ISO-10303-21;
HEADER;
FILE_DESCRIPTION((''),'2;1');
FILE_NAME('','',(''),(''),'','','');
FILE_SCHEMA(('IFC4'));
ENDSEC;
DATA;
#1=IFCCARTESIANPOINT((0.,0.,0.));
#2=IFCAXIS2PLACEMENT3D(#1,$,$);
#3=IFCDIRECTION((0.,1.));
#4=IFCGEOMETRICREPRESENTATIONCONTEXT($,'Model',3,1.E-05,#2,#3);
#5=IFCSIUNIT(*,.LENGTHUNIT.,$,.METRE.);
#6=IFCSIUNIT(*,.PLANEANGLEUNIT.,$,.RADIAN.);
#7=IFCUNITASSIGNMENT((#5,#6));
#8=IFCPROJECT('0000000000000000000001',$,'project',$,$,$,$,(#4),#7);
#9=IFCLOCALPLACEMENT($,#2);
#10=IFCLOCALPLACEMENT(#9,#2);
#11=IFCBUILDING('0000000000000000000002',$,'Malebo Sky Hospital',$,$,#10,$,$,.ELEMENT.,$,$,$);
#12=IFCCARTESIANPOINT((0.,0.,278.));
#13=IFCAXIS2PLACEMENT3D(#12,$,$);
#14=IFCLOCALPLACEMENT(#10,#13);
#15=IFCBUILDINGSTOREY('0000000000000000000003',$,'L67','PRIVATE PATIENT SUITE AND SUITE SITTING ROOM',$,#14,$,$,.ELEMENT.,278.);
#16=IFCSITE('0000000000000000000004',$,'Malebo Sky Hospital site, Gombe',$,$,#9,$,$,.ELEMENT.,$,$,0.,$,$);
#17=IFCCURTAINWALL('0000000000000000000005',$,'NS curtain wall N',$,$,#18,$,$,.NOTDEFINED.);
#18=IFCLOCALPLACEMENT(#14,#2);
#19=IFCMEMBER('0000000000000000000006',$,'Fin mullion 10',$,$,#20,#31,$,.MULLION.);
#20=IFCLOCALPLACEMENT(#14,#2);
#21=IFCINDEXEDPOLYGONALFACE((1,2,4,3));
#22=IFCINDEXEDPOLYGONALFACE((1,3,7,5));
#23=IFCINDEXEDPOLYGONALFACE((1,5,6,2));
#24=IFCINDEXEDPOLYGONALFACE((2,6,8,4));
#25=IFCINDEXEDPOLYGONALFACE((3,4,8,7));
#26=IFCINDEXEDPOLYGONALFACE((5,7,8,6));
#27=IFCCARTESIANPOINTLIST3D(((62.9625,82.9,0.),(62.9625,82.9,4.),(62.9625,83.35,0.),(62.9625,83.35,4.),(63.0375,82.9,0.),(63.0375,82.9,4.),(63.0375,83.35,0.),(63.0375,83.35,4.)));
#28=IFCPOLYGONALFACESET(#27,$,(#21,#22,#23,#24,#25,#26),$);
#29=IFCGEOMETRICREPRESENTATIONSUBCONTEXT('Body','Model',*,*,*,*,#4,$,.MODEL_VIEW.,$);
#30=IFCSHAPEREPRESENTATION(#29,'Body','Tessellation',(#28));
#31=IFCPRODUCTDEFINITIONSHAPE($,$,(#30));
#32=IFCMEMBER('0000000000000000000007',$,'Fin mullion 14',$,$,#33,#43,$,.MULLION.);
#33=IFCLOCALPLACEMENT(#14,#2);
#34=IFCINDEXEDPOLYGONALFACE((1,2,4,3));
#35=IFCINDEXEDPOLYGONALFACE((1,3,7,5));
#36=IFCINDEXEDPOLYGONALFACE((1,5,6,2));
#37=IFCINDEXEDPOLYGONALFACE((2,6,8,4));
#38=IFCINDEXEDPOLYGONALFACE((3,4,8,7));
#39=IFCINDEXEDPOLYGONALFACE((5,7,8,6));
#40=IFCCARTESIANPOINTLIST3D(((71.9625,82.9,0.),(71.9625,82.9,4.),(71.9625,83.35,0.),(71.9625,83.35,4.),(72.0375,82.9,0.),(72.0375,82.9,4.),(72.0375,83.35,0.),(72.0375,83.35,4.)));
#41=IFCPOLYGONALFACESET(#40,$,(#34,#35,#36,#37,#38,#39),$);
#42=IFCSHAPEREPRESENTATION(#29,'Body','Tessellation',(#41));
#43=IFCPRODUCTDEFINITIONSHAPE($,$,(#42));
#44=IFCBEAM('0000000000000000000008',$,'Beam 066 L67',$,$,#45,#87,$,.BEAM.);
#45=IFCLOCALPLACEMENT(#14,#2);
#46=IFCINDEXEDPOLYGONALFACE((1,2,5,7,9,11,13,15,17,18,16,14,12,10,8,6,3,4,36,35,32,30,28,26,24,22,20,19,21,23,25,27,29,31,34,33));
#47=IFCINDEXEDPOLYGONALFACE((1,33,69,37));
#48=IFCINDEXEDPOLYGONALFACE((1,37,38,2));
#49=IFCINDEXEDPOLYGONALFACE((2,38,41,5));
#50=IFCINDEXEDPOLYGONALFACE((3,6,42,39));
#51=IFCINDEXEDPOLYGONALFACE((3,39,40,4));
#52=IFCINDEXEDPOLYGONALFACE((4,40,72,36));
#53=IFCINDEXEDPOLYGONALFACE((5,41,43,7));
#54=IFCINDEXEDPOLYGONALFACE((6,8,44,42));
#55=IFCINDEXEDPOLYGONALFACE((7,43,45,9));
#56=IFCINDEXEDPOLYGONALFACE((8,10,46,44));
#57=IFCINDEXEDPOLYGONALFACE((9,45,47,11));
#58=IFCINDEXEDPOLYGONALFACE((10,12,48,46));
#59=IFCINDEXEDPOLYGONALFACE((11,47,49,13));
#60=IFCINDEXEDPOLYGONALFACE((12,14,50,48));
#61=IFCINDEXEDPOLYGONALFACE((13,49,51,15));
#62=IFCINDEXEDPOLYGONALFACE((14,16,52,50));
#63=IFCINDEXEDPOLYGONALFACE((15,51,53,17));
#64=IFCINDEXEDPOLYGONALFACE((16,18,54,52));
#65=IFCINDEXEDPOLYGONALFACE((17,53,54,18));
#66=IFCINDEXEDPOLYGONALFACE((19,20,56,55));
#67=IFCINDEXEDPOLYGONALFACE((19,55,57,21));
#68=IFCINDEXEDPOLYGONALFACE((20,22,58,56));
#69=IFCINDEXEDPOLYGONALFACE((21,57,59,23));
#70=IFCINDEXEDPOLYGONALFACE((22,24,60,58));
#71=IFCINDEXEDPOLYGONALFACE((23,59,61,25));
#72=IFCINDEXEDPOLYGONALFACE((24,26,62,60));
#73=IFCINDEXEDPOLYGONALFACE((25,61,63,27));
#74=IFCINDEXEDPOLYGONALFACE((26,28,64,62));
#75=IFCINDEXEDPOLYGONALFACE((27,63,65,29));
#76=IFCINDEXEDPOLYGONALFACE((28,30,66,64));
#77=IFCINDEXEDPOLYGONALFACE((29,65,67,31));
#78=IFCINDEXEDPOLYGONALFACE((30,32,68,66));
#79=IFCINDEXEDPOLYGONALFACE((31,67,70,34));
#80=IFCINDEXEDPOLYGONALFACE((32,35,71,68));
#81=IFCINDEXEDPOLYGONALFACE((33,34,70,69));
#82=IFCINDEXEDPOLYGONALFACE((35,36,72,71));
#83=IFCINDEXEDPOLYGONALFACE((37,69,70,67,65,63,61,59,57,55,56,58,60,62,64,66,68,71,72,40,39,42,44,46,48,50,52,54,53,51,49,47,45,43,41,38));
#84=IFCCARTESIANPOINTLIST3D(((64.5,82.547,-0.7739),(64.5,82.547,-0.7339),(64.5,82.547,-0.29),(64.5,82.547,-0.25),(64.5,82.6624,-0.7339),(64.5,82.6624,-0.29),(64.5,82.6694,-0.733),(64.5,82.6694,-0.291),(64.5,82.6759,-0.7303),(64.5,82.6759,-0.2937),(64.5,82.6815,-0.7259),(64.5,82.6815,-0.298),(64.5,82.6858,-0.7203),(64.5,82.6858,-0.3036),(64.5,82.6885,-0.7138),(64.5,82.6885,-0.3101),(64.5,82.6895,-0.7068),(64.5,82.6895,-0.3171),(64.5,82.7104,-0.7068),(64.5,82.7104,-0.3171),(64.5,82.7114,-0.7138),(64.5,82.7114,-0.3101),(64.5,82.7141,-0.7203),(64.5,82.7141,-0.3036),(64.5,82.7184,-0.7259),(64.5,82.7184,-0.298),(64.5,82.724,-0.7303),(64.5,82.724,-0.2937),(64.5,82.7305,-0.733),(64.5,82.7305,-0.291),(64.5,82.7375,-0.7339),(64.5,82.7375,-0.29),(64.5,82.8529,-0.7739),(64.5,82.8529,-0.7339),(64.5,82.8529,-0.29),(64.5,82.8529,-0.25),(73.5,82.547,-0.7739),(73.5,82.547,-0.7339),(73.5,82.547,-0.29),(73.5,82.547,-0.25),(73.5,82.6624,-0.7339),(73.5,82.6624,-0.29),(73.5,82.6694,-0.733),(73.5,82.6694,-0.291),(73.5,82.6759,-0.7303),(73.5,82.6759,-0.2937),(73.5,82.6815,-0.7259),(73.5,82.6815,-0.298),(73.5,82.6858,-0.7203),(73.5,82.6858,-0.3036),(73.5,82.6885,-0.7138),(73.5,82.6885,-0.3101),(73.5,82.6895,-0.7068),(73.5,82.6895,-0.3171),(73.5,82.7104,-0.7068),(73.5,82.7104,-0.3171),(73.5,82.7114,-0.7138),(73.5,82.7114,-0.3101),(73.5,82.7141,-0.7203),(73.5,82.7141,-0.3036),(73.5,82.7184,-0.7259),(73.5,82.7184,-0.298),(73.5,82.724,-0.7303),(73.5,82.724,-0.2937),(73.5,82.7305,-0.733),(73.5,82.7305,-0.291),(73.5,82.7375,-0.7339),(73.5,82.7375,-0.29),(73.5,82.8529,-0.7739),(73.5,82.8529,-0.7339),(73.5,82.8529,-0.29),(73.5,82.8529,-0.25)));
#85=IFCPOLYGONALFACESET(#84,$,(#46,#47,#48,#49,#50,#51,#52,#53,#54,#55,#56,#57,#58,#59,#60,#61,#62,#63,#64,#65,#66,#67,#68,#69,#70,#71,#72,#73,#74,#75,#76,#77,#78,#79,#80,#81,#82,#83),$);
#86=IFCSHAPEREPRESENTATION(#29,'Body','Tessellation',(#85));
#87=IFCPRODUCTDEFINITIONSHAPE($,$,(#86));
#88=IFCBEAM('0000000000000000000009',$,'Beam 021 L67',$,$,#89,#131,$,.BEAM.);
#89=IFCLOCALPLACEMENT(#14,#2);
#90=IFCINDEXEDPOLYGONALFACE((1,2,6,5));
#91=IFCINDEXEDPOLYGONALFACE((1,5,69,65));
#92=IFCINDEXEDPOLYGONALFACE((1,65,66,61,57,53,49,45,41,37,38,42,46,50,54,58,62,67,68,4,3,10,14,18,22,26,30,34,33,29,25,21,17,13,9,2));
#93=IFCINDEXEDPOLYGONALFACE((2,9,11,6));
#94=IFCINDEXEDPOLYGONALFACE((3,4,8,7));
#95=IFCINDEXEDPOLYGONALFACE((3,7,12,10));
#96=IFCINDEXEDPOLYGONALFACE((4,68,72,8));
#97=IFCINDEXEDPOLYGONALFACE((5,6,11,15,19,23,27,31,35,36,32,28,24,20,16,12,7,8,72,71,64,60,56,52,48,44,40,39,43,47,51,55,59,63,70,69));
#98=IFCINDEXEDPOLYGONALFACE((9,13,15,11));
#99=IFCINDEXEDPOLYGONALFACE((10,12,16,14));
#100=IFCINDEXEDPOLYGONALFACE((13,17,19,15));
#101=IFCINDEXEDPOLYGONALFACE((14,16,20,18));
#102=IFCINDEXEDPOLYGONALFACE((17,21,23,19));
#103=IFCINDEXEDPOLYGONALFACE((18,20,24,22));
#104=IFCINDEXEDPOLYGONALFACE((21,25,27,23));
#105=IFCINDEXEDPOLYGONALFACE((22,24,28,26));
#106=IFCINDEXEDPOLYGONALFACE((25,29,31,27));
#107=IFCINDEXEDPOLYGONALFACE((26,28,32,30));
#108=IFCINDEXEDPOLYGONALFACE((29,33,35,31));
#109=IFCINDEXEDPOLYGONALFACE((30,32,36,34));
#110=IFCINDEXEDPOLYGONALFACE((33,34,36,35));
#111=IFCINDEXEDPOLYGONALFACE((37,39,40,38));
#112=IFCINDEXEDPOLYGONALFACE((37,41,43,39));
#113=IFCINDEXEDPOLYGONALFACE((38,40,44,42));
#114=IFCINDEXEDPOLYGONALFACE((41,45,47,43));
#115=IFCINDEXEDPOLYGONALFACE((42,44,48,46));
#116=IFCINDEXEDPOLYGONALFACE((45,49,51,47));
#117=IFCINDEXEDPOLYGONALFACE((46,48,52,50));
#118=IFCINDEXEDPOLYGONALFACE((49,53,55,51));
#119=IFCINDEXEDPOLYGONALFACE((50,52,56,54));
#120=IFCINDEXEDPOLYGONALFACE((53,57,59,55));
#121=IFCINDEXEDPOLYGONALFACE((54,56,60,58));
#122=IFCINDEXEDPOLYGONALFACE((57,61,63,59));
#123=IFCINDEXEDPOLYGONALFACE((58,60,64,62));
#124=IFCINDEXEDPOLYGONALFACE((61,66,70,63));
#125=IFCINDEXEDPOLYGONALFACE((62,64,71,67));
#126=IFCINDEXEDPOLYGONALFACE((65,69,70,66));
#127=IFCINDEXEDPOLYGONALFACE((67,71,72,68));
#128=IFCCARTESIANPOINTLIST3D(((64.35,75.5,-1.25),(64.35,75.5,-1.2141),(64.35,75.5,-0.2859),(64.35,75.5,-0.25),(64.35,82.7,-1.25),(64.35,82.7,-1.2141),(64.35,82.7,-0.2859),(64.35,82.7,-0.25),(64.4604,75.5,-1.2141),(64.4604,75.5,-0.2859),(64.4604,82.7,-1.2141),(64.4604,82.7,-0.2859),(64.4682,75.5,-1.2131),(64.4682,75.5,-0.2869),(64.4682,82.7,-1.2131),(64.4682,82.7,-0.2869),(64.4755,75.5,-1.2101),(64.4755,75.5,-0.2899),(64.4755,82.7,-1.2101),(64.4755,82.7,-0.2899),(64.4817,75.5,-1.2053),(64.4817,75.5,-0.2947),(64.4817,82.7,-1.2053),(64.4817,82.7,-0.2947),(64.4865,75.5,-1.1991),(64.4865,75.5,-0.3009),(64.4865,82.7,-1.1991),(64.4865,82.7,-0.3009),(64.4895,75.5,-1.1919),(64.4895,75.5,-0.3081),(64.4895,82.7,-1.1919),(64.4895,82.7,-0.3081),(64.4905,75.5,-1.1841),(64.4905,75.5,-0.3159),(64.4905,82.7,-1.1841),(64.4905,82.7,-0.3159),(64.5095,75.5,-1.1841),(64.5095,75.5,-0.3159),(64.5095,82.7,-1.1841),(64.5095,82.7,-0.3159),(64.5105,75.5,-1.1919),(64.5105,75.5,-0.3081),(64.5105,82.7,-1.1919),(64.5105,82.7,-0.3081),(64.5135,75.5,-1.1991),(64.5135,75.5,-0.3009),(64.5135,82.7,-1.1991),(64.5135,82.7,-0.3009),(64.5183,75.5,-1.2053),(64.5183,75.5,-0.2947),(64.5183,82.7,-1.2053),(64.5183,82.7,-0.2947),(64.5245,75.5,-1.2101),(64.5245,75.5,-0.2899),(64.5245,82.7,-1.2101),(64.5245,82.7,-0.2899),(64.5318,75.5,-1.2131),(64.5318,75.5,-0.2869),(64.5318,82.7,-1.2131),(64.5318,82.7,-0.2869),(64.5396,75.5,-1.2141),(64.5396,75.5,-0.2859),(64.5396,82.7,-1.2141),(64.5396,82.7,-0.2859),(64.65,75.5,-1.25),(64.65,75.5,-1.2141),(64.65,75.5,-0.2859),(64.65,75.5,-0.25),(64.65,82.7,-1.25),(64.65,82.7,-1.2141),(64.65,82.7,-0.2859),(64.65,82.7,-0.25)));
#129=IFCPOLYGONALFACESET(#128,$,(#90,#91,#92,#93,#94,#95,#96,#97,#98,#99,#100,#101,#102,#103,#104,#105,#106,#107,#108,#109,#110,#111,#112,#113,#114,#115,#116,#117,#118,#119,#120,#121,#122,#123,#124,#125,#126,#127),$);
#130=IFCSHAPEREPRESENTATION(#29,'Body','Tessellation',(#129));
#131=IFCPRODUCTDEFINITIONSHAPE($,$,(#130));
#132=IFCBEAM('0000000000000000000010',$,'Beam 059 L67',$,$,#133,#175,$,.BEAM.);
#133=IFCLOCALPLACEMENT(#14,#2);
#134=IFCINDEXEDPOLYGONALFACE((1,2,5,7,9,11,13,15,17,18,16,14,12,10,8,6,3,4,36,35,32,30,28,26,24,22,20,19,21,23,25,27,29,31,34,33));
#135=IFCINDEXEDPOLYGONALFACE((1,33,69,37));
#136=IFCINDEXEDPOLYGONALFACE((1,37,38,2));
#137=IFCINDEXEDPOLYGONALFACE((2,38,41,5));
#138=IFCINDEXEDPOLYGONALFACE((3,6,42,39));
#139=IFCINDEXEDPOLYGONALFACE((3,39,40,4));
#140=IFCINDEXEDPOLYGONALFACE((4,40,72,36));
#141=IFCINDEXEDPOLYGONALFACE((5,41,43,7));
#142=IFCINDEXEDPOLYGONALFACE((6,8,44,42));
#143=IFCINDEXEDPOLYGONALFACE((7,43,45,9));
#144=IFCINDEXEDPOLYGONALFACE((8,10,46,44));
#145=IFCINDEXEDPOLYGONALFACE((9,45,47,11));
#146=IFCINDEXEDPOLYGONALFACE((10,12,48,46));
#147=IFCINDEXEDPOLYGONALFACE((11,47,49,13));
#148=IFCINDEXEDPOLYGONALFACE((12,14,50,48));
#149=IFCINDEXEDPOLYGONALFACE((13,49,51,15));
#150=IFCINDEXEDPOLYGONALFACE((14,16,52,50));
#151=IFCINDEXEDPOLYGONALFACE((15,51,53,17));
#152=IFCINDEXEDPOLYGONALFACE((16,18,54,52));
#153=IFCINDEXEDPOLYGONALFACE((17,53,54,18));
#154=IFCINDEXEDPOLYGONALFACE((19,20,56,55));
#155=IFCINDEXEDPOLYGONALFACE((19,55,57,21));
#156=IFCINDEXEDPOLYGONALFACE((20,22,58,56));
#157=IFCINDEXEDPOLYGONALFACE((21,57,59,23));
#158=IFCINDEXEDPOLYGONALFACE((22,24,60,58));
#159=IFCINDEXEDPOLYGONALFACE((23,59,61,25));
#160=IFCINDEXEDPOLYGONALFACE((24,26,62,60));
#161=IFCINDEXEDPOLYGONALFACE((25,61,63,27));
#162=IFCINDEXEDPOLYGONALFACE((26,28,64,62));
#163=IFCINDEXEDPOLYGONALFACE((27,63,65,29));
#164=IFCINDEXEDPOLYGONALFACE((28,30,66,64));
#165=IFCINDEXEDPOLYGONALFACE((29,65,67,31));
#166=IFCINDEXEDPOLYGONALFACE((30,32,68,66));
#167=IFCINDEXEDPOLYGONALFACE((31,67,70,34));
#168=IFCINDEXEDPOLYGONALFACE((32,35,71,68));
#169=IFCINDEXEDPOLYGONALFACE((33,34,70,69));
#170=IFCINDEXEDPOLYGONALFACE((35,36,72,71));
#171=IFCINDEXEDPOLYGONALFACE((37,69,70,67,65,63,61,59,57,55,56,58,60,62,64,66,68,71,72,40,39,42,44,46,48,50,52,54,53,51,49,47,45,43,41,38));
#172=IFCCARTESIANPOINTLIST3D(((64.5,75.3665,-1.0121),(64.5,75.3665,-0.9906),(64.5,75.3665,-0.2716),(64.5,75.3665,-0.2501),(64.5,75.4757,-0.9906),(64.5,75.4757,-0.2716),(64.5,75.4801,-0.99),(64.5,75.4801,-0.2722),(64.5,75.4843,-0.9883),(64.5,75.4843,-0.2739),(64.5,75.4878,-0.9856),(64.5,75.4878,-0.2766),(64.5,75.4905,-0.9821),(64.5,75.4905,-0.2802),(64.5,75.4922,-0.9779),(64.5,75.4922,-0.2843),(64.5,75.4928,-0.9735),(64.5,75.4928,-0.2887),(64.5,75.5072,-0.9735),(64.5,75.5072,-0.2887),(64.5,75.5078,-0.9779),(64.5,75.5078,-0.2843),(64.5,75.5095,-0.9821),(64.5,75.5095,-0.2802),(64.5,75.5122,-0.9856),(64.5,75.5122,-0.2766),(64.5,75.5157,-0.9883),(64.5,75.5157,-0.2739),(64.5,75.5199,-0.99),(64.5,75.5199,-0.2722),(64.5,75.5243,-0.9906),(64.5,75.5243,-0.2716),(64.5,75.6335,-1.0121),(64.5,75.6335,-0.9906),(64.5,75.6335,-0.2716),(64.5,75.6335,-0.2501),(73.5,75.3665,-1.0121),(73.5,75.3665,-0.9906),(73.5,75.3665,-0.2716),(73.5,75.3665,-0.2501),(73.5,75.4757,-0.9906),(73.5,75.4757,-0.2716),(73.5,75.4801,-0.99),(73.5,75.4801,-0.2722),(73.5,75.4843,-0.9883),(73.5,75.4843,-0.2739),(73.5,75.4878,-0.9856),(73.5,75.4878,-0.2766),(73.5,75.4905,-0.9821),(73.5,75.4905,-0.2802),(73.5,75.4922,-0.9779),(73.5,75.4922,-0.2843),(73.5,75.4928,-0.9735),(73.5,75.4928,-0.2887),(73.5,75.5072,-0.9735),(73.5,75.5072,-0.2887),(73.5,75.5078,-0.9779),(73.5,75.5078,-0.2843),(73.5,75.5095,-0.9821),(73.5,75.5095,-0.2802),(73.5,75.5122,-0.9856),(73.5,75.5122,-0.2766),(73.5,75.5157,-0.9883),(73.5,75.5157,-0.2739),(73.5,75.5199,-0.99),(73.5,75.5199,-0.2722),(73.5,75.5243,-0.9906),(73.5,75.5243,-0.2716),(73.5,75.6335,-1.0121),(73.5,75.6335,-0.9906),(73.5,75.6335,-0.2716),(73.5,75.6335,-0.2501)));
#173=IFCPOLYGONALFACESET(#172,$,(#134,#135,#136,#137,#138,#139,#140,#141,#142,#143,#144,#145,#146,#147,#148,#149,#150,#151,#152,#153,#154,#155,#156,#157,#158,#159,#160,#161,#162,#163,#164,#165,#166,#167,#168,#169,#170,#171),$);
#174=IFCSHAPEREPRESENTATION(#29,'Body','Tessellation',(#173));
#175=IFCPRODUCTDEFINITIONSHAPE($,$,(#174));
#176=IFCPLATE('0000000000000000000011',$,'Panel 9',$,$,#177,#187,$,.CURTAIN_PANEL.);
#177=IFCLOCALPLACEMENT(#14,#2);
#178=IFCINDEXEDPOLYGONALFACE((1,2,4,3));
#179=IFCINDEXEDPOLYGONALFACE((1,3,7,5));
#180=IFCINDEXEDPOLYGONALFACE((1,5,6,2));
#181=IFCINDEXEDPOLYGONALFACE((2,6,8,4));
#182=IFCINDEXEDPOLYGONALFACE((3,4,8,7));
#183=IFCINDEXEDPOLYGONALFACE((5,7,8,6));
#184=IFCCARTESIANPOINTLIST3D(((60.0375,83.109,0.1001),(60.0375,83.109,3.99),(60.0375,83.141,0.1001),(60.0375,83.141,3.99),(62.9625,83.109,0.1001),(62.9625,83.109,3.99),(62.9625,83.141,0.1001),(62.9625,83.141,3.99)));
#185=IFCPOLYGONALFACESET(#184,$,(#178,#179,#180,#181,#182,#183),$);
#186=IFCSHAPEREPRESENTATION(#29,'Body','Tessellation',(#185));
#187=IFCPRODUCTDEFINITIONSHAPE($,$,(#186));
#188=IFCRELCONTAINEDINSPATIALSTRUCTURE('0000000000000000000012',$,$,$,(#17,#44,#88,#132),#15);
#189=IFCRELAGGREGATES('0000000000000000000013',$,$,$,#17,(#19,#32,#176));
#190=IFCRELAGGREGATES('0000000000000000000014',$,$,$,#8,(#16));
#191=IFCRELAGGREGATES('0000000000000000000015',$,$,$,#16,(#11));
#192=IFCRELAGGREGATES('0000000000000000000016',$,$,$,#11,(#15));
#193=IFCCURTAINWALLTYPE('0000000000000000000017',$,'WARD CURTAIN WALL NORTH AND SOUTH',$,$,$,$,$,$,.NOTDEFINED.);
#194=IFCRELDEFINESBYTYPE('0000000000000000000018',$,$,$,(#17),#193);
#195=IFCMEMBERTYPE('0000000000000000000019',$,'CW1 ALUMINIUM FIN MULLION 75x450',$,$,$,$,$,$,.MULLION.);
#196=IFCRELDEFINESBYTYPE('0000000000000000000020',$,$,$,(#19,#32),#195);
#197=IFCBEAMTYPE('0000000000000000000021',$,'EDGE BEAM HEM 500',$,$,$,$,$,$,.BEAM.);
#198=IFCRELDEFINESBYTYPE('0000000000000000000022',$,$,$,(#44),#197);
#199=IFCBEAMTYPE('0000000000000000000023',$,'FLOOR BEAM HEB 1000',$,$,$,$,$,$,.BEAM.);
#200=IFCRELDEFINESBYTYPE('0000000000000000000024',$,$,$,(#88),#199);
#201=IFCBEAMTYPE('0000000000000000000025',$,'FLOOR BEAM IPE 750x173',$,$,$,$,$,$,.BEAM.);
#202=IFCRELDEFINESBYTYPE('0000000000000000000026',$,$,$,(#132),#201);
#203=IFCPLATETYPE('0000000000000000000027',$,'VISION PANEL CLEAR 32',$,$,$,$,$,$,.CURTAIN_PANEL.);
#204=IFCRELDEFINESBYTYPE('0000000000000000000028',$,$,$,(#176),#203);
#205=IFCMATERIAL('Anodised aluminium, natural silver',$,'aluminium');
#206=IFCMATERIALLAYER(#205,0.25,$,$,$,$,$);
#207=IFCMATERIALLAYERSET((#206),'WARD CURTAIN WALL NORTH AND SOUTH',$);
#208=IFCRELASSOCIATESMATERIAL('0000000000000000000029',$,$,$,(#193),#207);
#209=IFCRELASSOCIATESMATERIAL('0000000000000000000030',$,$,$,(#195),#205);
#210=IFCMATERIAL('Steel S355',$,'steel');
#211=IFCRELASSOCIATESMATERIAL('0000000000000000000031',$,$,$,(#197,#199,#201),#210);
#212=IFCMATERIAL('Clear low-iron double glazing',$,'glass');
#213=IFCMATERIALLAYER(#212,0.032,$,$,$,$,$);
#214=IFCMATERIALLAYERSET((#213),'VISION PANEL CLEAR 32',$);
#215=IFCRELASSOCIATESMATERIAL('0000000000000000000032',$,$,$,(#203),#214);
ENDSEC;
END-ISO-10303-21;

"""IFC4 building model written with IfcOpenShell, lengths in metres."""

from ifc_helpers import new_model, si_unit, direction, frame, origin, origin_2d, place, context, subcontext, project, spatial, rectangle, i_section, extrude, material, layer, layer_set, material_profile, profile_set, type_object, element, aggregate, save


model = new_model("IFC4")

# Units and contexts
model_context = context("Model", 3, precision=1e-05, world=origin(), true_north=direction((0.0, 1.0)))
body_context = subcontext(model_context, "Body", "Model", "MODEL_VIEW")
ifc_project = project(units=[si_unit("LENGTHUNIT", "METRE"), si_unit("PLANEANGLEUNIT", "RADIAN")], contexts=[model_context])

# Site, building, storey
site_placement = place(None, origin())
site = spatial("IfcSite", under=ifc_project, at=site_placement, Name="Malebo Sky Hospital site, Gombe", CompositionType="ELEMENT", RefElevation=0.0)
building_placement = place(site_placement, origin())
building = spatial("IfcBuilding", under=site, at=building_placement, Name="Malebo Sky Hospital", CompositionType="ELEMENT")
storey_placement = place(building_placement, frame((0.0, 0.0, 278.0)))
storey = spatial("IfcBuildingStorey", under=building, at=storey_placement, Name="L67", Description="PRIVATE PATIENT SUITE AND SUITE SITTING ROOM", CompositionType="ELEMENT", Elevation=278.0)

# Curtain wall
ifc_material_1 = material(Name="Anodised aluminium, natural silver", Category="aluminium")
ifc_layer_1 = layer(ifc_material_1, 0.25)
ifc_layer_set_1 = layer_set([ifc_layer_1], Name="WARD CURTAIN WALL NORTH AND SOUTH")
curtain_wall_type = type_object("IfcCurtainWallType", Name="WARD CURTAIN WALL NORTH AND SOUTH", PredefinedType="NOTDEFINED", material=ifc_layer_set_1)
curtain_wall_placement = place(storey_placement, origin())
curtain_wall = element("IfcCurtainWall", 1, at=curtain_wall_placement, inside=storey, type_object=curtain_wall_type, Name="NS curtain wall N", PredefinedType="NOTDEFINED")

# Members
ifc_material_2 = material(Name="Steel S355", Category="steel")
ifc_material_profile_1 = material_profile(ifc_material_1, rectangle(XDim=0.075, YDim=0.45, at=origin_2d()), Name="CW1 ALUMINIUM FIN MULLION 75x450")
ifc_profile_set_1 = profile_set([ifc_material_profile_1], Name="Anodised aluminium, natural silver")
member_type_1 = type_object("IfcMemberType", Name="CW1 ALUMINIUM FIN MULLION 75x450", PredefinedType="MULLION", material=ifc_profile_set_1)
member_1_placement = place(storey_placement, frame((63.0, 83.125, 0.0), z_axis=(0.0, 0.0, 1.0), x_axis=(1.0, 0.0, 0.0)))
member_1 = element("IfcMember", 2, at=member_1_placement, type_object=member_type_1, Name="Fin mullion 10", PredefinedType="MULLION", context=body_context, shape_type="SweptSolid", body=[
    extrude(rectangle(XDim=0.075, YDim=0.45, at=origin_2d()), origin(), (0.0, 0.0, 1.0), 4.0),
])
member_2_placement = place(storey_placement, frame((72.0, 83.125, 0.0), z_axis=(0.0, 0.0, 1.0), x_axis=(1.0, 0.0, 0.0)))
member_2 = element("IfcMember", 3, at=member_2_placement, type_object=member_type_1, Name="Fin mullion 14", PredefinedType="MULLION", context=body_context, shape_type="SweptSolid", body=[
    extrude(rectangle(XDim=0.075, YDim=0.45, at=origin_2d()), origin(), (0.0, 0.0, 1.0), 4.0),
])

# Beams
ifc_material_profile_2 = material_profile(ifc_material_2, i_section(OverallWidth=0.3059, OverallDepth=0.5239, WebThickness=0.021, FlangeThickness=0.04, FilletRadius=0.0271, at=origin_2d()), Name="HEM 500")
ifc_profile_set_2 = profile_set([ifc_material_profile_2], Name="Steel S355")
beam_type_1 = type_object("IfcBeamType", Name="EDGE BEAM HEM 500", PredefinedType="BEAM", material=ifc_profile_set_2)
beam_1_placement = place(storey_placement, frame((64.5, 82.7, -0.512), z_axis=(1.0, 0.0, 0.0), x_axis=(0.0, 1.0, 0.0)))
element("IfcBeam", 4, at=beam_1_placement, inside=storey, type_object=beam_type_1, Name="Beam 066 L67", PredefinedType="BEAM", context=body_context, shape_type="SweptSolid", body=[
    extrude(i_section(OverallWidth=0.3059, OverallDepth=0.5239, WebThickness=0.021, FlangeThickness=0.04, FilletRadius=0.0271, at=origin_2d()), origin(), (0.0, 0.0, 1.0), 9.0),
])
ifc_material_profile_3 = material_profile(ifc_material_2, i_section(OverallWidth=0.3, OverallDepth=1.0, WebThickness=0.019, FlangeThickness=0.0359, FilletRadius=0.03, at=origin_2d()), Name="HEB 1000")
ifc_profile_set_3 = profile_set([ifc_material_profile_3], Name="Steel S355")
beam_type_2 = type_object("IfcBeamType", Name="FLOOR BEAM HEB 1000", PredefinedType="BEAM", material=ifc_profile_set_3)
beam_2_placement = place(storey_placement, frame((64.5, 75.5, -0.75), z_axis=(0.0, 1.0, 0.0), x_axis=(-1.0, 0.0, 0.0)))
element("IfcBeam", 5, at=beam_2_placement, inside=storey, type_object=beam_type_2, Name="Beam 021 L67", PredefinedType="BEAM", context=body_context, shape_type="SweptSolid", body=[
    extrude(i_section(OverallWidth=0.3, OverallDepth=1.0, WebThickness=0.019, FlangeThickness=0.0359, FilletRadius=0.03, at=origin_2d()), origin(), (0.0, 0.0, 1.0), 7.2),
])
ifc_material_profile_4 = material_profile(ifc_material_2, i_section(OverallWidth=0.2671, OverallDepth=0.762, WebThickness=0.0144, FlangeThickness=0.0215, FilletRadius=0.0171, at=origin_2d()), Name="IPE 750x173")
ifc_profile_set_4 = profile_set([ifc_material_profile_4], Name="Steel S355")
beam_type_3 = type_object("IfcBeamType", Name="FLOOR BEAM IPE 750x173", PredefinedType="BEAM", material=ifc_profile_set_4)
beam_3_placement = place(storey_placement, frame((64.5, 75.5, -0.6311), z_axis=(1.0, 0.0, 0.0), x_axis=(0.0, 1.0, 0.0)))
element("IfcBeam", 6, at=beam_3_placement, inside=storey, type_object=beam_type_3, Name="Beam 059 L67", PredefinedType="BEAM", context=body_context, shape_type="SweptSolid", body=[
    extrude(i_section(OverallWidth=0.2671, OverallDepth=0.762, WebThickness=0.0144, FlangeThickness=0.0215, FilletRadius=0.0171, at=origin_2d()), origin(), (0.0, 0.0, 1.0), 9.0),
])

# Plate
ifc_material_3 = material(Name="Clear low-iron double glazing", Category="glass")
ifc_layer_2 = layer(ifc_material_3, 0.032)
ifc_layer_set_2 = layer_set([ifc_layer_2], Name="VISION PANEL CLEAR 32")
plate_type = type_object("IfcPlateType", Name="VISION PANEL CLEAR 32", PredefinedType="CURTAIN_PANEL", material=ifc_layer_set_2)
plate_1_placement = place(storey_placement, frame((61.5, 83.125, 0.1001), z_axis=(0.0, 0.0, 1.0), x_axis=(1.0, 0.0, 0.0)))
plate_1 = element("IfcPlate", 7, at=plate_1_placement, type_object=plate_type, Name="Panel 9", PredefinedType="CURTAIN_PANEL", context=body_context, shape_type="SweptSolid", body=[
    extrude(rectangle(XDim=2.925, YDim=0.032, at=origin_2d()), origin(), (0.0, 0.0, 1.0), 3.8899),
])
aggregate(curtain_wall, [member_1, member_2, plate_1])

save(model, "model.ifc")
